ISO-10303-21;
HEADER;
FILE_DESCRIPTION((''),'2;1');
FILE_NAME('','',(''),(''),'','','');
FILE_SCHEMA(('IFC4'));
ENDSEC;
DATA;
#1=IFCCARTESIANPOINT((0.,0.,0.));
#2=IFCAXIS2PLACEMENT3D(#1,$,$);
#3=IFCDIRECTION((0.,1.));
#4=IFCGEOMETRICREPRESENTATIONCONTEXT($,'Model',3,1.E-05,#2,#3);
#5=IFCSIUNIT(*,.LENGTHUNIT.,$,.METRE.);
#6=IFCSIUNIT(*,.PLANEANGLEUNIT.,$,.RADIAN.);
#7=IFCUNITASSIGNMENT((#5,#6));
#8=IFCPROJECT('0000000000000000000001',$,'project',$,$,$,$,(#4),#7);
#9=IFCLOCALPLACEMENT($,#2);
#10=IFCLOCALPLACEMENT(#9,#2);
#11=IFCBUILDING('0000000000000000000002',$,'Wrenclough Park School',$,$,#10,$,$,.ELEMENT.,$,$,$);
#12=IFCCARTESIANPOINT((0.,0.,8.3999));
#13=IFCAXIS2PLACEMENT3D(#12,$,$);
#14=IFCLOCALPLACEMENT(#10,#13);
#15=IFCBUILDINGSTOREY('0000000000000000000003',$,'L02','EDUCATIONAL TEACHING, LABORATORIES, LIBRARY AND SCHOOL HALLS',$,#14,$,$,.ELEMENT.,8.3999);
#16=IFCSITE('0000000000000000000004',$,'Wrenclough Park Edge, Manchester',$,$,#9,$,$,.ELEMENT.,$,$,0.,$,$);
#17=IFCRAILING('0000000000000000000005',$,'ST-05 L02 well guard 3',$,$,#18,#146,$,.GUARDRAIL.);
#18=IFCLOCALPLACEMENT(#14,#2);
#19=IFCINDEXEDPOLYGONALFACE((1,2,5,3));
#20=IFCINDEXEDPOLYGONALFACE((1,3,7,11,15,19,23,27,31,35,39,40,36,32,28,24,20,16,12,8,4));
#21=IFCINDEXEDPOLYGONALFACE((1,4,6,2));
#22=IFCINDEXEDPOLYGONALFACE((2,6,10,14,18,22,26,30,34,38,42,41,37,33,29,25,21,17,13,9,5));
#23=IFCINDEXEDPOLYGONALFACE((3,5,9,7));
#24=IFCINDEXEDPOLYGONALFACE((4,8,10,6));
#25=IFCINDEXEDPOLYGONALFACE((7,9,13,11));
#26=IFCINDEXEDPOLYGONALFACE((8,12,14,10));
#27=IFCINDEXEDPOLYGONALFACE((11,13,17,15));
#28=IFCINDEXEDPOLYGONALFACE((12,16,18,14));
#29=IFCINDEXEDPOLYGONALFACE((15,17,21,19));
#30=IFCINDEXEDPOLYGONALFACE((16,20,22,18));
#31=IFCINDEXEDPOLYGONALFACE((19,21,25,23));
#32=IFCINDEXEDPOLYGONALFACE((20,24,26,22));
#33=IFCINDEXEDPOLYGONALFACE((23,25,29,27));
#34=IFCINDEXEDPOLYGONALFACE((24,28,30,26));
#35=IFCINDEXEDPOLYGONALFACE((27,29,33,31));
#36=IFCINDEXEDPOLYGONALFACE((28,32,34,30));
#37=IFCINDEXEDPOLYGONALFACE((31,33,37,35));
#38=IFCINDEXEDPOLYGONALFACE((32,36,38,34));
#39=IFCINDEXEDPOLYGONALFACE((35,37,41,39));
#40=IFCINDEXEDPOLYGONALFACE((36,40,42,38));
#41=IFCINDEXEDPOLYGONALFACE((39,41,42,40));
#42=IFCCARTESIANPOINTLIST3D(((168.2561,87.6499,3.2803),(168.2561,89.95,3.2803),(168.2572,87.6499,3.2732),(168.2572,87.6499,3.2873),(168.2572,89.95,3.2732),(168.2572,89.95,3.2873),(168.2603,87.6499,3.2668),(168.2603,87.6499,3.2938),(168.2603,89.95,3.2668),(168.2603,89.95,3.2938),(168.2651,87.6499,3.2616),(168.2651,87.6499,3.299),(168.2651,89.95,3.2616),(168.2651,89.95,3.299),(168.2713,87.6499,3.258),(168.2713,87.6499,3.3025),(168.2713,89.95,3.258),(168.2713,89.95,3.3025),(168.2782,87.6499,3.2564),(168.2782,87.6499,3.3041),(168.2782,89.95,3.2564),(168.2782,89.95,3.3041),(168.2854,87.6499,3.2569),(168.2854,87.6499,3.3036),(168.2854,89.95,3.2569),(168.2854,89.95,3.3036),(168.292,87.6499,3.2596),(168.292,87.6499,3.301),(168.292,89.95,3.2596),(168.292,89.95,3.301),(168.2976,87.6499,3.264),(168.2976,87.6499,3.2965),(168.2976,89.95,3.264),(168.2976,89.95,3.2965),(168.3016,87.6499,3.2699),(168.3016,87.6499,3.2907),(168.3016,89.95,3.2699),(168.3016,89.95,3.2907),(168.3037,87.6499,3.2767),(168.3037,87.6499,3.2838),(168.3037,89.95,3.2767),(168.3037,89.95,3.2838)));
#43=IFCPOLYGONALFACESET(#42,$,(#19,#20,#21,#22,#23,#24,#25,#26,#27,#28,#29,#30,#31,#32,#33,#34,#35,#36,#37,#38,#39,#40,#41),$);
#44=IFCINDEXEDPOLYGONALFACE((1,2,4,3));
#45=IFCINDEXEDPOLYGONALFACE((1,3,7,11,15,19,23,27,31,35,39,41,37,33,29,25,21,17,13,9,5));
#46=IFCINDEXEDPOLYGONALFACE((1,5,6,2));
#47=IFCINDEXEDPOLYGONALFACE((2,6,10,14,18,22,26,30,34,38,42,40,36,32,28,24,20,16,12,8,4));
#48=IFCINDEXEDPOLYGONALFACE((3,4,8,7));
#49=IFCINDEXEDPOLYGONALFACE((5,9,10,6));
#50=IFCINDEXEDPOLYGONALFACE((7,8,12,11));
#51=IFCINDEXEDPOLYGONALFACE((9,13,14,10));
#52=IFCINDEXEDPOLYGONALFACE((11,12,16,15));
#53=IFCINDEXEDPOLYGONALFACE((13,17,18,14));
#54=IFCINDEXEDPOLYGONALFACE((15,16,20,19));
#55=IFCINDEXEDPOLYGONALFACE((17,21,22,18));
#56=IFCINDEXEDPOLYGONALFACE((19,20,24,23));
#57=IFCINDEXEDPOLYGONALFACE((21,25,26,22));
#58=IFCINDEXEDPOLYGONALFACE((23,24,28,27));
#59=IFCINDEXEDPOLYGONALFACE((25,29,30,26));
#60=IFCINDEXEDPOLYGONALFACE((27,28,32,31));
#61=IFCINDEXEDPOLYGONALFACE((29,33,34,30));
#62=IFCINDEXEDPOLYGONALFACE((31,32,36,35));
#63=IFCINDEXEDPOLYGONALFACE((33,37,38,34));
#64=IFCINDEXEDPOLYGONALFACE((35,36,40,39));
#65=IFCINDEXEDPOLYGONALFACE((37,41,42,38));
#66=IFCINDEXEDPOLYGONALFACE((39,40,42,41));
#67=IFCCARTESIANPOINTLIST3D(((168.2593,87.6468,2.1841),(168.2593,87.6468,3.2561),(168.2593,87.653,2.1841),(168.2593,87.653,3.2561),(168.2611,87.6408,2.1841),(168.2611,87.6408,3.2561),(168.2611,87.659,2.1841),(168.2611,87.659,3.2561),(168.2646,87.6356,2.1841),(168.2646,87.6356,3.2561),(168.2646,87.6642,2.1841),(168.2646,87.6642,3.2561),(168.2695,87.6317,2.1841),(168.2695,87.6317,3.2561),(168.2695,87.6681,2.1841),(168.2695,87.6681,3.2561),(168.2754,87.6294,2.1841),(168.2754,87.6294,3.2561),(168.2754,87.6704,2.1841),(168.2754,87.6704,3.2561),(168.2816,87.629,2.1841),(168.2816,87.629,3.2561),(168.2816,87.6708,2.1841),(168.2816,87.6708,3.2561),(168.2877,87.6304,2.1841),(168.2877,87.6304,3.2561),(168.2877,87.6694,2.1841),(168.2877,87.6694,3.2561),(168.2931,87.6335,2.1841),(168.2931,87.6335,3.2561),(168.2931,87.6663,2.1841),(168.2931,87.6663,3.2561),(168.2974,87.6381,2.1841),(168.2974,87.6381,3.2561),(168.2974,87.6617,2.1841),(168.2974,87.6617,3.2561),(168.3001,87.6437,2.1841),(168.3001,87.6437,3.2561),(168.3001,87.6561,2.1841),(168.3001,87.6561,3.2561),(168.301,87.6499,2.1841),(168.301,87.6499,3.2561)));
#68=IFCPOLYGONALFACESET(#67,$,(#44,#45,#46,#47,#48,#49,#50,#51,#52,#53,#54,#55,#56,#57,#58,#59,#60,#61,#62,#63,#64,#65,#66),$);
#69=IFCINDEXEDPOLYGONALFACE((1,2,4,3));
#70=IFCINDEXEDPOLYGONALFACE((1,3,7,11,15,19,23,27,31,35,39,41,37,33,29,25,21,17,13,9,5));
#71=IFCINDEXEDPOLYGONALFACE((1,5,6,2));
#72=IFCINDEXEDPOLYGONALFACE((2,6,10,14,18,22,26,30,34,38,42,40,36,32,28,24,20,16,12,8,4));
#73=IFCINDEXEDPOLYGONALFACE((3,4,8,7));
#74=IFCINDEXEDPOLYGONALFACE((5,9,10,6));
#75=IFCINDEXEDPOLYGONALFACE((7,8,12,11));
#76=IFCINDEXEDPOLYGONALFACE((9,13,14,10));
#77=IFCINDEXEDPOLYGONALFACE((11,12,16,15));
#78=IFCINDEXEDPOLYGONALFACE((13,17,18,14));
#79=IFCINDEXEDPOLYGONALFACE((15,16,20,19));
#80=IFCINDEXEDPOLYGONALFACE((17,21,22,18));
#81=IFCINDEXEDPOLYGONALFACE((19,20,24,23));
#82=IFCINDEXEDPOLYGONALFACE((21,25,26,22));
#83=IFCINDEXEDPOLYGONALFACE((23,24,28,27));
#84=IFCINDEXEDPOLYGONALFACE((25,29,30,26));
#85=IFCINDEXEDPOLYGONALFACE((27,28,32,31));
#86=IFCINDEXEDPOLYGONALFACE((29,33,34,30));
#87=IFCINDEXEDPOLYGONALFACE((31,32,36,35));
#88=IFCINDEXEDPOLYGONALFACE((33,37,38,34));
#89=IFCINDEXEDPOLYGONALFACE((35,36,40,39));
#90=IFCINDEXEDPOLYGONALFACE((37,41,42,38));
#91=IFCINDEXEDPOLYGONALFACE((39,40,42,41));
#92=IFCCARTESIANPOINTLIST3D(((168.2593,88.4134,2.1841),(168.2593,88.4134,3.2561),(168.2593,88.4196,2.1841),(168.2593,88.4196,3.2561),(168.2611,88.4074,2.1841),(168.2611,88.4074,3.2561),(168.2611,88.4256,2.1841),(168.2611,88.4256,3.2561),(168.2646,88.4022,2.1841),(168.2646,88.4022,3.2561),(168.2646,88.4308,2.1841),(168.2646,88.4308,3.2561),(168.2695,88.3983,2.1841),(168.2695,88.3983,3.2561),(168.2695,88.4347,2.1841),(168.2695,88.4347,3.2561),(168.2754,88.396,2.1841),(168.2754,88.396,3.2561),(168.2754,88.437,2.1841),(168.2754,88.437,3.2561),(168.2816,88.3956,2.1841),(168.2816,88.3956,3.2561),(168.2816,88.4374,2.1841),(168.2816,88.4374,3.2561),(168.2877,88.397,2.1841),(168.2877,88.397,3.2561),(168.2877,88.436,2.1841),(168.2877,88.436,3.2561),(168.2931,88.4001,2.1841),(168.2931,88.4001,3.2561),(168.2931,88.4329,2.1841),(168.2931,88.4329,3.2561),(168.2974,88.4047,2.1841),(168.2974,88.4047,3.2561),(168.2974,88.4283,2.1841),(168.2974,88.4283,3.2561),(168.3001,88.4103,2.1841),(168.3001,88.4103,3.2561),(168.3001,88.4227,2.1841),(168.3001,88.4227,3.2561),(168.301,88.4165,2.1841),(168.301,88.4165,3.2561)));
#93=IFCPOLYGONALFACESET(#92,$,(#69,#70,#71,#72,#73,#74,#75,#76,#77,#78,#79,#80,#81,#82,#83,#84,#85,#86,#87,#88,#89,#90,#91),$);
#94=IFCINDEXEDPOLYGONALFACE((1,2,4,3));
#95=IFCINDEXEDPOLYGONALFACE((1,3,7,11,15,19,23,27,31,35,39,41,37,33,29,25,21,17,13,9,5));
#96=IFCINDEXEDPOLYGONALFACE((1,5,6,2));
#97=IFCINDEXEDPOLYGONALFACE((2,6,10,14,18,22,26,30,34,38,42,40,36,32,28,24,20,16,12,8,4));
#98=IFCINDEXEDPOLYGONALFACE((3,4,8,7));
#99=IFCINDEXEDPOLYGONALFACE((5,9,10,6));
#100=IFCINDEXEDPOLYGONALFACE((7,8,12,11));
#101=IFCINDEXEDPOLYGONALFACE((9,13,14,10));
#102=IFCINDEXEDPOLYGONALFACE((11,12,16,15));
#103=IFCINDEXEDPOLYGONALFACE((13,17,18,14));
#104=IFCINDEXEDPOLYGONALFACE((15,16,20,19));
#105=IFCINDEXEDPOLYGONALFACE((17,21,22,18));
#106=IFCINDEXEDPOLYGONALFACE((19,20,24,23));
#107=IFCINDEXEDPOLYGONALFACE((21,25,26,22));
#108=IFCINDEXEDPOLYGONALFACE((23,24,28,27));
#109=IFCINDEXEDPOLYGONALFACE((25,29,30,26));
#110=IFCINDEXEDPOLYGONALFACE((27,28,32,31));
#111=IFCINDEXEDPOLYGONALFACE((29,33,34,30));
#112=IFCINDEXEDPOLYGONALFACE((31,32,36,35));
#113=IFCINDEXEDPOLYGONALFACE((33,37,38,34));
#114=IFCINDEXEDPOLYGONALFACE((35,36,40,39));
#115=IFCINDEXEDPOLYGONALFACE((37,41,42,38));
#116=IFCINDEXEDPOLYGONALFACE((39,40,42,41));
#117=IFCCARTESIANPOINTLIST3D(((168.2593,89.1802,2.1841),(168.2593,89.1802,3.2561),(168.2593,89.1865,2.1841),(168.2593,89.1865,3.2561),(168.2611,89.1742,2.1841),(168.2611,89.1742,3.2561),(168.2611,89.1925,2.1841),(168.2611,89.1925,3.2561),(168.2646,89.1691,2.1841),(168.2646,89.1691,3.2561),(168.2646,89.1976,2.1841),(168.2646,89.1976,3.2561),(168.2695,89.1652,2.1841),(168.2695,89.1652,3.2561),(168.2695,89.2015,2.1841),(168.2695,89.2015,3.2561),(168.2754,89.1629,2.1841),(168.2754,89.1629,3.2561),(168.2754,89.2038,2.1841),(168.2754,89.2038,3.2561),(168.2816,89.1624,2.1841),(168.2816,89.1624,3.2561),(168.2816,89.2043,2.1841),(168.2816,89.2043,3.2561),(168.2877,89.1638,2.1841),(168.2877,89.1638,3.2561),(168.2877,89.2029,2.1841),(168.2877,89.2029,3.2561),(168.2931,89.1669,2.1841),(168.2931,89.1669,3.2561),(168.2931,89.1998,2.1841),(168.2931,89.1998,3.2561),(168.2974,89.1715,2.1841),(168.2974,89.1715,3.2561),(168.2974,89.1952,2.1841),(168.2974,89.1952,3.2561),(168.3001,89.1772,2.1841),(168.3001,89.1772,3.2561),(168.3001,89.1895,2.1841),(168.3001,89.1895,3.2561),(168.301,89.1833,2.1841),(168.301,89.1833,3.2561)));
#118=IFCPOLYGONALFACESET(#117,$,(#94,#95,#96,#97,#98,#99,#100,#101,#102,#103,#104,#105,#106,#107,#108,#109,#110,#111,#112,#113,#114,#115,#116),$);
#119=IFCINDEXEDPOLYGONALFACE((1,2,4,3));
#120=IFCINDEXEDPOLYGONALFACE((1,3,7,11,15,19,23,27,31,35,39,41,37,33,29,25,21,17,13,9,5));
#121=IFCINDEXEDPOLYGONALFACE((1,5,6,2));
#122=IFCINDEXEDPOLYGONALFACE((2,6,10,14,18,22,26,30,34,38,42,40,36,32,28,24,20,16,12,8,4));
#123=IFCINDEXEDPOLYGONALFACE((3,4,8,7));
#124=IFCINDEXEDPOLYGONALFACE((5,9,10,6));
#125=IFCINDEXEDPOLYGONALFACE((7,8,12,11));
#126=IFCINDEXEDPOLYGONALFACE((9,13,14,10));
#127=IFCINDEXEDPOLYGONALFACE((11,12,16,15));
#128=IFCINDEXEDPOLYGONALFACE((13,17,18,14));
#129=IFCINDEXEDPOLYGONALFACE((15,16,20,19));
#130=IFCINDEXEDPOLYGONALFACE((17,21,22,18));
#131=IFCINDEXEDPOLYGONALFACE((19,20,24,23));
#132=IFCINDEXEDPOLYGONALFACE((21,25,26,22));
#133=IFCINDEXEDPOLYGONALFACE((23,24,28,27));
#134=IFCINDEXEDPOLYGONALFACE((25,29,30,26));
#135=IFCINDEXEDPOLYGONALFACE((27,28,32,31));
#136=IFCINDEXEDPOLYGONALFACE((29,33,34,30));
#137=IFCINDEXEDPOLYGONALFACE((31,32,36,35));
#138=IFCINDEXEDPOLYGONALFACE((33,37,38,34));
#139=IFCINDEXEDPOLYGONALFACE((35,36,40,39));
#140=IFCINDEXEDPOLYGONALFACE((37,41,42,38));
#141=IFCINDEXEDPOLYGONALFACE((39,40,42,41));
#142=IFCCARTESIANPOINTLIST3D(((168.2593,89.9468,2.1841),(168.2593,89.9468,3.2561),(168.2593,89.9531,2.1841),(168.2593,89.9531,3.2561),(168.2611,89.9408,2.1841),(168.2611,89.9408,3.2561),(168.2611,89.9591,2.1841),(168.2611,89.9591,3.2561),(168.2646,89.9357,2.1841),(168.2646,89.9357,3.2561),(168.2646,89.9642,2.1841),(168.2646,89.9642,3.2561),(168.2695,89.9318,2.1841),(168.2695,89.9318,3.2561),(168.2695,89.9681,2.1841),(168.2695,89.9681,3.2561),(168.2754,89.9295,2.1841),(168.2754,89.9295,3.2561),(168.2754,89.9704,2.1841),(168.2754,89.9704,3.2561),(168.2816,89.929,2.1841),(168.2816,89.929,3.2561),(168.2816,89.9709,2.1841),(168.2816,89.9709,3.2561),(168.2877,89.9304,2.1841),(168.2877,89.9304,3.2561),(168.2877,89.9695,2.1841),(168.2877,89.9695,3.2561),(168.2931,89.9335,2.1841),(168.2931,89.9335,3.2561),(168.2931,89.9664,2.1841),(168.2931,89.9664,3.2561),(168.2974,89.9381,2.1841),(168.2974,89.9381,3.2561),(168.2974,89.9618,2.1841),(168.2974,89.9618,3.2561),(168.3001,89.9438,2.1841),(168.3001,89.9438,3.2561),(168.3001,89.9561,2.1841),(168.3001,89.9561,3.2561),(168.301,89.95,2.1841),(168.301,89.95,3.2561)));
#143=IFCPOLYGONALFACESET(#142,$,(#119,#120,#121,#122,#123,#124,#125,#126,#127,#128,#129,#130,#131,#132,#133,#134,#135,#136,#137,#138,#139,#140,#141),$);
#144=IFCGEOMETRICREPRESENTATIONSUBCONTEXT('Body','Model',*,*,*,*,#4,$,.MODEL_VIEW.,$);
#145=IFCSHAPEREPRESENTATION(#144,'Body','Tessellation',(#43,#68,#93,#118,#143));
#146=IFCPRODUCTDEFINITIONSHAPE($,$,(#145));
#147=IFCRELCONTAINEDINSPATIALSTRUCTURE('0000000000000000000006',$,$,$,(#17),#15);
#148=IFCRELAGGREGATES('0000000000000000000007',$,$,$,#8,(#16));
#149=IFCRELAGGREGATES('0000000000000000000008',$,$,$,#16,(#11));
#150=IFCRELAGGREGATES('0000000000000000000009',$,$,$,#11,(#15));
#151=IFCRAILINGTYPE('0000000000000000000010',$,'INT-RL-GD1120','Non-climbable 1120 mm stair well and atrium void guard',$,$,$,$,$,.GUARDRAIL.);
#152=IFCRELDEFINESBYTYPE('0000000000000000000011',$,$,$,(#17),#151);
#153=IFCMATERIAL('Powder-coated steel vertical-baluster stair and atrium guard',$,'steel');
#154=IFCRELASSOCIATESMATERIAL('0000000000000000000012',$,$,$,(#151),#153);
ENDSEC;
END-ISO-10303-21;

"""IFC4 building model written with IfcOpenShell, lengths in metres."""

from ifc_helpers import new_model, si_unit, direction, frame, origin, origin_2d, place, context, subcontext, project, spatial, circle, extrude, material, type_object, element, save


model = new_model("IFC4")

# Units and contexts
model_context = context("Model", 3, precision=1e-05, world=origin(), true_north=direction((0.0, 1.0)))
body_context = subcontext(model_context, "Body", "Model", "MODEL_VIEW")
ifc_project = project(units=[si_unit("LENGTHUNIT", "METRE"), si_unit("PLANEANGLEUNIT", "RADIAN")], contexts=[model_context])

# Site, building, storey
site_placement = place(None, origin())
site = spatial("IfcSite", under=ifc_project, at=site_placement, Name="Wrenclough Park Edge, Manchester", CompositionType="ELEMENT", RefElevation=0.0)
building_placement = place(site_placement, origin())
building = spatial("IfcBuilding", under=site, at=building_placement, Name="Wrenclough Park School", CompositionType="ELEMENT")
storey_placement = place(building_placement, frame((0.0, 0.0, 8.3999)))
storey = spatial("IfcBuildingStorey", under=building, at=storey_placement, Name="L02", Description="EDUCATIONAL TEACHING, LABORATORIES, LIBRARY AND SCHOOL HALLS", CompositionType="ELEMENT", Elevation=8.3999)

# Railing
ifc_material_1 = material(Name="Powder-coated steel vertical-baluster stair and atrium guard", Category="steel")
railing_type_1 = type_object("IfcRailingType", Name="INT-RL-GD1120", Description="Non-climbable 1120 mm stair well and atrium void guard", PredefinedType="GUARDRAIL", material=ifc_material_1)
railing_1_placement = place(storey_placement, frame((168.28, 87.6499, 2.1841)))
element("IfcRailing", 1, at=railing_1_placement, inside=storey, type_object=railing_type_1, Name="ST-05 L02 well guard 3", PredefinedType="GUARDRAIL", context=body_context, shape_type="SweptSolid", body=[
    extrude(circle(Radius=0.0239, at=origin_2d()), frame((0.0, 0.0, 1.0962), z_axis=(0.0, 1.0, 0.0), x_axis=(-1.0, 0.0, 0.0)), (0.0, 0.0, 1.0), 2.3),
    extrude(circle(Radius=0.021, at=origin_2d()), origin(), (0.0, 0.0, 1.0), 1.072),
    extrude(circle(Radius=0.021, at=origin_2d()), frame((0.0, 0.7666, 0.0)), (0.0, 0.0, 1.0), 1.072),
    extrude(circle(Radius=0.021, at=origin_2d()), frame((0.0, 1.5334, 0.0)), (0.0, 0.0, 1.0), 1.072),
    extrude(circle(Radius=0.021, at=origin_2d()), frame((0.0, 2.3, 0.0)), (0.0, 0.0, 1.0), 1.072),
])

save(model, "model.ifc")
